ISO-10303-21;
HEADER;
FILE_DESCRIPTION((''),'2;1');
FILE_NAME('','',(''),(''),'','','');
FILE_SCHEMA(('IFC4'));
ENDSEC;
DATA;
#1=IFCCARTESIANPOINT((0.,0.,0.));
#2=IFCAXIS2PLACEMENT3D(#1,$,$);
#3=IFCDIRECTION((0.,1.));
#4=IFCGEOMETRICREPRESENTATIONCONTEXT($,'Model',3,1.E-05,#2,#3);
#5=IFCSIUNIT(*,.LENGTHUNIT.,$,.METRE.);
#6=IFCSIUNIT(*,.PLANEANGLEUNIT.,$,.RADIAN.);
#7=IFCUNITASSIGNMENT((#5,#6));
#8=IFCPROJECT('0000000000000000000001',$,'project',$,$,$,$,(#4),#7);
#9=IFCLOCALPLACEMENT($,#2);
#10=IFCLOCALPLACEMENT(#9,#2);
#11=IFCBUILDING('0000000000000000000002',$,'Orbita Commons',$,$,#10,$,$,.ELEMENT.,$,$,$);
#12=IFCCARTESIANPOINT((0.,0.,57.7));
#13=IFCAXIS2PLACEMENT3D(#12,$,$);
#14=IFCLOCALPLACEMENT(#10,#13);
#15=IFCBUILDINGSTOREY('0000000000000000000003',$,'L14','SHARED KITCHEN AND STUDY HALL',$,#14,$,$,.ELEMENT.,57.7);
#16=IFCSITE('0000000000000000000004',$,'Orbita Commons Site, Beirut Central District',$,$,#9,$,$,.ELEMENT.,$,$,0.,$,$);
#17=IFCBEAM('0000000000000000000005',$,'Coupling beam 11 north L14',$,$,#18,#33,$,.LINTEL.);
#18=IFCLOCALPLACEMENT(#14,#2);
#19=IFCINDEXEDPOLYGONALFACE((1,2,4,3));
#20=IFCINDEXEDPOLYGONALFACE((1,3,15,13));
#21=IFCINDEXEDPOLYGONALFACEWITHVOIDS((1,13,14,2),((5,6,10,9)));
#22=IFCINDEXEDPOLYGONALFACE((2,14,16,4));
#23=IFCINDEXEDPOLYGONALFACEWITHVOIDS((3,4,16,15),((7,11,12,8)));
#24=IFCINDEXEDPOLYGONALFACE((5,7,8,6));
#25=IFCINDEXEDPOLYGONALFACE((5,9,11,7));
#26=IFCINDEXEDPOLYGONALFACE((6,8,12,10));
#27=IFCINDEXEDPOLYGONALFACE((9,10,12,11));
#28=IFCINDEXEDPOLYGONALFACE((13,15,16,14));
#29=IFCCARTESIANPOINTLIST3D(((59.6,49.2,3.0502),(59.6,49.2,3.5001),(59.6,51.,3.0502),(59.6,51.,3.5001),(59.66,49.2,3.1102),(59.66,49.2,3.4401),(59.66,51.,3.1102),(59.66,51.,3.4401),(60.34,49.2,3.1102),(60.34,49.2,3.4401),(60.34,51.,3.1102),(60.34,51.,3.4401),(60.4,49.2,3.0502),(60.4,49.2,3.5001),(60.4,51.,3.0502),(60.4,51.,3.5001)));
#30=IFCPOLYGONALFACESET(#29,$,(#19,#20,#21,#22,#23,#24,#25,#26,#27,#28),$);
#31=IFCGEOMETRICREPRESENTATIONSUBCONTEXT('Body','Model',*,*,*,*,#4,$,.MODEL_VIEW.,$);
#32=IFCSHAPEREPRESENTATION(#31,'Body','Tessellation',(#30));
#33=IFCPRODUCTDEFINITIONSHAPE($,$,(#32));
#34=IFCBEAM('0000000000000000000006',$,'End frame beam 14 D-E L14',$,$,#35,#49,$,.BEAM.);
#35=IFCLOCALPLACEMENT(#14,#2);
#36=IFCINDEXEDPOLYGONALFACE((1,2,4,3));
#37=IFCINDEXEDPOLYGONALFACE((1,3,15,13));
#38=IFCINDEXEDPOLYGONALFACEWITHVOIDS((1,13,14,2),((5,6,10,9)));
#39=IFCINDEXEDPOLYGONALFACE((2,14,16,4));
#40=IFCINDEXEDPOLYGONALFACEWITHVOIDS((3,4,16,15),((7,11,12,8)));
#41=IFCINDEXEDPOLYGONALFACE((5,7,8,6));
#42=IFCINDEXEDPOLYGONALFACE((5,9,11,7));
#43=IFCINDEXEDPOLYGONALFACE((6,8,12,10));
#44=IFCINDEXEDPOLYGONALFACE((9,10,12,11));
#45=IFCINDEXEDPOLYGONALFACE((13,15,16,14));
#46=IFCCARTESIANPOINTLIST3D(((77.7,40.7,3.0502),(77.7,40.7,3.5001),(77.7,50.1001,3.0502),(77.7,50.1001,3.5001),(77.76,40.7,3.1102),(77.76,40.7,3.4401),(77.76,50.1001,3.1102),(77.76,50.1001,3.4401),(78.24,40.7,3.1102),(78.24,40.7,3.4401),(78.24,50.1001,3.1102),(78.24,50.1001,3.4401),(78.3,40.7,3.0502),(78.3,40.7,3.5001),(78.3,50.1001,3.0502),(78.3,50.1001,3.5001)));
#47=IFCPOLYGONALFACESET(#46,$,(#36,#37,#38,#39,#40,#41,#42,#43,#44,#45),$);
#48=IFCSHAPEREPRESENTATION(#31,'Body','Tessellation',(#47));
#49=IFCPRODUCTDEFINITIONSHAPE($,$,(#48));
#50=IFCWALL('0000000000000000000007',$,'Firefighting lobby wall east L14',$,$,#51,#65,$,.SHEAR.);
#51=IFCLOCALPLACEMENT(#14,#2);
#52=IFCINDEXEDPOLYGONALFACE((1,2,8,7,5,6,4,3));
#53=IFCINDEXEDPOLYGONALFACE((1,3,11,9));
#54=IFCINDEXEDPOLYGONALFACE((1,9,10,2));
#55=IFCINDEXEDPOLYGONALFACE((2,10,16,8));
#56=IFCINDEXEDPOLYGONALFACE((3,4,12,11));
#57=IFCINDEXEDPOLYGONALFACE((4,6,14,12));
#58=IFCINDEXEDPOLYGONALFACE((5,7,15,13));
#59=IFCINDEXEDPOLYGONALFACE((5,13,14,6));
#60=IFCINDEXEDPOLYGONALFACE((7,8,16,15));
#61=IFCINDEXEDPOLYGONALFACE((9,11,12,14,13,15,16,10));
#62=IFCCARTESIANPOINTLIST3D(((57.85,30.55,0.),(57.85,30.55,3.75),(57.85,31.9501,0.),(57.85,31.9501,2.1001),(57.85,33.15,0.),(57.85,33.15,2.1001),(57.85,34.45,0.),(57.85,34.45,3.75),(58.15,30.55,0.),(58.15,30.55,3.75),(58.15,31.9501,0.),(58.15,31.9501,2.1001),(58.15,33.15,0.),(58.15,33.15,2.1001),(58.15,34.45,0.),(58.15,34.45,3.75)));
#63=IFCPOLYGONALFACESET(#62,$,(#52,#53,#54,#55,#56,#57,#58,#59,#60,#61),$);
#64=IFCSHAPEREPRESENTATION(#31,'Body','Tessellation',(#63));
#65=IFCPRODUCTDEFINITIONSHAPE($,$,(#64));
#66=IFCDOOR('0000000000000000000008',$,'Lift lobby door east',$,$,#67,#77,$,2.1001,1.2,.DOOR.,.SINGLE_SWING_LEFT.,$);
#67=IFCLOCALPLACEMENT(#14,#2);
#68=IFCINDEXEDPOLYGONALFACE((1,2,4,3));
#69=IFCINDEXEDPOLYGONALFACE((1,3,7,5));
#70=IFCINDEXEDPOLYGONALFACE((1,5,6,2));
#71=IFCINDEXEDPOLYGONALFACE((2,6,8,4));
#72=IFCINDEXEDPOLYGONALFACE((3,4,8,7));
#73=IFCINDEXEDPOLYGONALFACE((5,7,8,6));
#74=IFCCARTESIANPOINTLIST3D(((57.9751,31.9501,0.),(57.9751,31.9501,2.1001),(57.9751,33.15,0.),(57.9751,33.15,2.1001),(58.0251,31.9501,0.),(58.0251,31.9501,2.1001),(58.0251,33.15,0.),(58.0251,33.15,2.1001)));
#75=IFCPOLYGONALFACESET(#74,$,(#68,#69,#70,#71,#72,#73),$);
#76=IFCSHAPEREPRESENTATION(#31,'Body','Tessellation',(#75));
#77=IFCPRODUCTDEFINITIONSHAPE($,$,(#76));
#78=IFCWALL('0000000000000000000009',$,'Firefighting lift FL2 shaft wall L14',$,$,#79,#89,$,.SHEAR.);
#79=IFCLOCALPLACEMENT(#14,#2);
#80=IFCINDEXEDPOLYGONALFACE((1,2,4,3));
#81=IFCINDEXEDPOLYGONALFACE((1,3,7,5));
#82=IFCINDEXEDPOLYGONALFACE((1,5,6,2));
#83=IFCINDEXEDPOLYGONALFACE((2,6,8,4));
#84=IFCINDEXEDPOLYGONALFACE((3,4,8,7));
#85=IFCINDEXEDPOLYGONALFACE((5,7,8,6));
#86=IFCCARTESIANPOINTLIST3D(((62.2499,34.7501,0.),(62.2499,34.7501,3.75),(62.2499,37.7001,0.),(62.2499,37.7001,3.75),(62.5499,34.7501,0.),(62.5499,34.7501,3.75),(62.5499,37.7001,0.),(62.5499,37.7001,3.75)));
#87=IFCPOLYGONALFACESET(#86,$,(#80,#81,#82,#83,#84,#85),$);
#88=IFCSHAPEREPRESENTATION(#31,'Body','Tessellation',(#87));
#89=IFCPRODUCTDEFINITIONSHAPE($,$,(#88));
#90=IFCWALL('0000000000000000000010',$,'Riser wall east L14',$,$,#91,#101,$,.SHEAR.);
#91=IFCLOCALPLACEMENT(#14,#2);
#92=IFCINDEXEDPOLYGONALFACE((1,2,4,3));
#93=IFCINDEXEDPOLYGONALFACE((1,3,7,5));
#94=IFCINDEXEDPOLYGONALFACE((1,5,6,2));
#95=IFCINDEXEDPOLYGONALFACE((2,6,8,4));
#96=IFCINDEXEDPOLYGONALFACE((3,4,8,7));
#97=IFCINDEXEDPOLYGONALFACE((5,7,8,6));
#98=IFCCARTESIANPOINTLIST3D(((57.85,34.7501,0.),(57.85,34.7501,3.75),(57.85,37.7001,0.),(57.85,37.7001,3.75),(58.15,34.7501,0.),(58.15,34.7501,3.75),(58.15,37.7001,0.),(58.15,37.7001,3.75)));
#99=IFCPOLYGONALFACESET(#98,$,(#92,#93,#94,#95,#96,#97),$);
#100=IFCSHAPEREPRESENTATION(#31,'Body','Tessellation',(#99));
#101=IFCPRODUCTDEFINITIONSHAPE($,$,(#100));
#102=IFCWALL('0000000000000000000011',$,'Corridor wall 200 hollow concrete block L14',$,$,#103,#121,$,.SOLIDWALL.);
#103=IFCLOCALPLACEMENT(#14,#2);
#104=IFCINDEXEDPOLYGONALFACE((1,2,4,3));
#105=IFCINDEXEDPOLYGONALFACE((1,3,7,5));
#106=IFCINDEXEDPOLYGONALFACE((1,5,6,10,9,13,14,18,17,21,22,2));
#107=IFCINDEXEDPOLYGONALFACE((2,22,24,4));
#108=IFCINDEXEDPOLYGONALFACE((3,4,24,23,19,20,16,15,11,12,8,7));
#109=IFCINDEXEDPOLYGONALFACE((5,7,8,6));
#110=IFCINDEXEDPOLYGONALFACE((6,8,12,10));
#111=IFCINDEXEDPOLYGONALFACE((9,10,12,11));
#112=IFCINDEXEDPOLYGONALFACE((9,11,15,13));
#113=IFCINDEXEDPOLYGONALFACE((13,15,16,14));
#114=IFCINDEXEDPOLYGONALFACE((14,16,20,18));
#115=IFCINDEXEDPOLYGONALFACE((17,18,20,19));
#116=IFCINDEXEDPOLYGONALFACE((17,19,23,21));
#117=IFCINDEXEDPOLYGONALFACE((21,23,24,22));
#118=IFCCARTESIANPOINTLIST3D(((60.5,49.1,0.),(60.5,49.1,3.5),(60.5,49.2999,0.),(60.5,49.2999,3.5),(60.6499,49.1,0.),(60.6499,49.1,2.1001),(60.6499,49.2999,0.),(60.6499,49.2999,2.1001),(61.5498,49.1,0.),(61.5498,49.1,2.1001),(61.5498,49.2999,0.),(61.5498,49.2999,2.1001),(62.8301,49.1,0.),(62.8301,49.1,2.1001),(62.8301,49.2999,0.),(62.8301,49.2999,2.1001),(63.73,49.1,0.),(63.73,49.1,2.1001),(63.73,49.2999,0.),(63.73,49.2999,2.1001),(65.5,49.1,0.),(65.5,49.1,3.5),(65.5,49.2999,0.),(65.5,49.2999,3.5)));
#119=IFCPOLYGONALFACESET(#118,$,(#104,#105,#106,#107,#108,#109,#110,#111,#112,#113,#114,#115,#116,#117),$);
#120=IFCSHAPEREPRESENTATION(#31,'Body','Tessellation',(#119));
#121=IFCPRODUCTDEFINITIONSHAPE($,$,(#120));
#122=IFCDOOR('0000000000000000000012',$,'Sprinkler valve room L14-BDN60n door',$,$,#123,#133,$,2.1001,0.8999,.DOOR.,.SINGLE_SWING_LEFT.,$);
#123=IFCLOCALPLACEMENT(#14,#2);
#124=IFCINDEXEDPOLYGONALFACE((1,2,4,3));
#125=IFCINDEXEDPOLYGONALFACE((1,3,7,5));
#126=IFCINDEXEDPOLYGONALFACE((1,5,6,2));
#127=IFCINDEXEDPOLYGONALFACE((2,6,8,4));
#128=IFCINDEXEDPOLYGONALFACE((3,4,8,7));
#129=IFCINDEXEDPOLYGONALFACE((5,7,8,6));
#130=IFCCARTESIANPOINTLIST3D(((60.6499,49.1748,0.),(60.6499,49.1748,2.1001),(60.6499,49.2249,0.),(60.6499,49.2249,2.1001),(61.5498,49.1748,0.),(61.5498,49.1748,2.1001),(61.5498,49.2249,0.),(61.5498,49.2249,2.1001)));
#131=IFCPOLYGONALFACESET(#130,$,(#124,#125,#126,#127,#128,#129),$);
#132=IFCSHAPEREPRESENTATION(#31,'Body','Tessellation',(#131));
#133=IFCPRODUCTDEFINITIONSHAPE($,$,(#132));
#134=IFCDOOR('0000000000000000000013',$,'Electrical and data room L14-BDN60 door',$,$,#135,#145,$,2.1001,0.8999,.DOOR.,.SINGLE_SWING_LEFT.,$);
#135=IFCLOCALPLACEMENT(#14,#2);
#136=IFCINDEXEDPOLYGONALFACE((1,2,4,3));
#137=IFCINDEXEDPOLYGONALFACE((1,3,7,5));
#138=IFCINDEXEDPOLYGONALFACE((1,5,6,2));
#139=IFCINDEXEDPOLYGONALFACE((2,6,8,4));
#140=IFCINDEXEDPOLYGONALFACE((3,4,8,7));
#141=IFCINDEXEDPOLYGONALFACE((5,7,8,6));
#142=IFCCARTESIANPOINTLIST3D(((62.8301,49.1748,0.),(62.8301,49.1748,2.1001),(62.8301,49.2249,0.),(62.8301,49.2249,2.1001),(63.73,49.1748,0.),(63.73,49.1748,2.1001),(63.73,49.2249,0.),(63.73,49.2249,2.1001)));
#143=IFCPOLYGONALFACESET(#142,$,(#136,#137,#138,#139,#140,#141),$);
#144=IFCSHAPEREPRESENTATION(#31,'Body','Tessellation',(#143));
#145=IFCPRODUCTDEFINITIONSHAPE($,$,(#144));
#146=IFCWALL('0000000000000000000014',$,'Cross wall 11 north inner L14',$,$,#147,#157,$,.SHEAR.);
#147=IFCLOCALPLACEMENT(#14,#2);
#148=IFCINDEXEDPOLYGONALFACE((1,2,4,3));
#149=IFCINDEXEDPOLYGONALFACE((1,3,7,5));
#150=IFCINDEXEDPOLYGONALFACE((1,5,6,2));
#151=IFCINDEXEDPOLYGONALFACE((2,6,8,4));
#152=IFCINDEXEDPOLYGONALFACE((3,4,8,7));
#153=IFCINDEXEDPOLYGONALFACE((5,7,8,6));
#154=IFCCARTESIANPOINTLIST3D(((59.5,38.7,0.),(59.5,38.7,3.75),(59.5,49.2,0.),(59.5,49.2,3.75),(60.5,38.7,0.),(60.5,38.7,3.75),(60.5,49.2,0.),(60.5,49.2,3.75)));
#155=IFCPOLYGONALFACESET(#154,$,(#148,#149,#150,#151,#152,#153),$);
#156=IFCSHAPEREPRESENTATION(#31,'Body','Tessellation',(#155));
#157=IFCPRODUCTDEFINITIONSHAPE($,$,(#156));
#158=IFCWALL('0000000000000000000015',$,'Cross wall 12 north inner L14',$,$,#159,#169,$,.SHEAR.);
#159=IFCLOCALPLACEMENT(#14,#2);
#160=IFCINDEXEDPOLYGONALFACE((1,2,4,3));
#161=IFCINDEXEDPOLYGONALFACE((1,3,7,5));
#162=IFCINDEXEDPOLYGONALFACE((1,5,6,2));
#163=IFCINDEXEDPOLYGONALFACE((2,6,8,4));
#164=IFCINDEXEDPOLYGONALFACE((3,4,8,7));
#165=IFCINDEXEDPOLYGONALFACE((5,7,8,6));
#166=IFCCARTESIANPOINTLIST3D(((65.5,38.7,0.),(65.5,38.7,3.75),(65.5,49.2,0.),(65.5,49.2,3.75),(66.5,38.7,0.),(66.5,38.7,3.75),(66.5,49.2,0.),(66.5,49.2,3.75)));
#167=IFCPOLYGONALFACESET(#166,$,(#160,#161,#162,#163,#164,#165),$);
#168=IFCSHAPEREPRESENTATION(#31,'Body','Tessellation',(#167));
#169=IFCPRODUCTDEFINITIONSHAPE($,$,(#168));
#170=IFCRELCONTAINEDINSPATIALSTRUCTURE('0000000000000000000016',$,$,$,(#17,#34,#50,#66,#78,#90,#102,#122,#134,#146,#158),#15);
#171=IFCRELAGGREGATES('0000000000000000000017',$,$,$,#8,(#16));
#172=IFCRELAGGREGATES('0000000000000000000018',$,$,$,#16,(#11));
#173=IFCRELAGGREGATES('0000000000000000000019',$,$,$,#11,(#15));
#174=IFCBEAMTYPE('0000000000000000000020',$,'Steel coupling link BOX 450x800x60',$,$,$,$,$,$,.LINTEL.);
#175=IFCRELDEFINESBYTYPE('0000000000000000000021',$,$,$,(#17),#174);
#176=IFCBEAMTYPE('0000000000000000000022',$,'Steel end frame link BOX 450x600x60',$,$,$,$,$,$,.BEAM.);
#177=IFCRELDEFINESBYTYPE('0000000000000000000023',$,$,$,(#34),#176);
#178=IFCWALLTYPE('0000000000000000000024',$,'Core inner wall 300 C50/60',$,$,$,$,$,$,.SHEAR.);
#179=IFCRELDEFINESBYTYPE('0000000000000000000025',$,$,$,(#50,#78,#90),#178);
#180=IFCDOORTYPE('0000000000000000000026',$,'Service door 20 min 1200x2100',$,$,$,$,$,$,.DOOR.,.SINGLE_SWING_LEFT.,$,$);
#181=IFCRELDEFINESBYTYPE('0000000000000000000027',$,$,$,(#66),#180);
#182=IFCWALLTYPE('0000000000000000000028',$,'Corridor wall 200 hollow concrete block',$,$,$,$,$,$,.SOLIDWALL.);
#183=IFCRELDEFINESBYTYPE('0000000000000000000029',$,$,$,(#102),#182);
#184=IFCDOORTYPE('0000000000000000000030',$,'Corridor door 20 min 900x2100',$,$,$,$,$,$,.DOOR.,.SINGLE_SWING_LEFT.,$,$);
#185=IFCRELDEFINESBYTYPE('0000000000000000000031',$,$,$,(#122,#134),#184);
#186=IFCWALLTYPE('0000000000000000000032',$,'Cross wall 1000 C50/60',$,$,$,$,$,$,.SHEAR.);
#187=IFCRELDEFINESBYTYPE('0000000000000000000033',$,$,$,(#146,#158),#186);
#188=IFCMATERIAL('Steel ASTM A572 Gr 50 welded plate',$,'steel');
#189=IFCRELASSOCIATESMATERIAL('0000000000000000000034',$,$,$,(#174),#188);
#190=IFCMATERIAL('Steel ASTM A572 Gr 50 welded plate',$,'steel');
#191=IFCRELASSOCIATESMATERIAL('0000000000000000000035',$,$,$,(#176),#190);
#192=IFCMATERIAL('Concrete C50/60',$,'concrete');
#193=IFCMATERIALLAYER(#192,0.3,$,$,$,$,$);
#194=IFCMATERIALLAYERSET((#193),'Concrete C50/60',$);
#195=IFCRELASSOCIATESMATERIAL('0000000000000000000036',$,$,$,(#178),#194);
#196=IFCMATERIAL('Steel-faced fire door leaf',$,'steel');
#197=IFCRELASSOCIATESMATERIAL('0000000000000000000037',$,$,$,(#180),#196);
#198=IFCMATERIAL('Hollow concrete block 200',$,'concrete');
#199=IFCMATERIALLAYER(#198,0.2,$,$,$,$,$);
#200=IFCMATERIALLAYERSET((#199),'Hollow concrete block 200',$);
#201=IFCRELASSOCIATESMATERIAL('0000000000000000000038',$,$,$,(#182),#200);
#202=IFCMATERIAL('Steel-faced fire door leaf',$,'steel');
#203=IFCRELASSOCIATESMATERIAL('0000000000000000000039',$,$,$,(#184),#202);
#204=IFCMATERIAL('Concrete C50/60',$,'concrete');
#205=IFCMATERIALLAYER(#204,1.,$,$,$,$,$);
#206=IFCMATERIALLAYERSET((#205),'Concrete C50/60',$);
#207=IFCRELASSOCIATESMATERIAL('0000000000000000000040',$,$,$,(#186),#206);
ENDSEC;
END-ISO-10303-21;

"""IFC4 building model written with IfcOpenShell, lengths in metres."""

from ifc_helpers import new_model, si_unit, direction, frame, frame_2d, origin, origin_2d, place, context, subcontext, project, spatial, rectangle, hollow_rectangle, extrude, material, layer, layer_set, material_profile, profile_set, type_object, element, fill, save


model = new_model("IFC4")

# Units and contexts
model_context = context("Model", 3, precision=1e-05, world=origin(), true_north=direction((0.0, 1.0)))
body_context = subcontext(model_context, "Body", "Model", "MODEL_VIEW")
ifc_project = project(units=[si_unit("LENGTHUNIT", "METRE"), si_unit("PLANEANGLEUNIT", "RADIAN")], contexts=[model_context])

# Site, building, storey
site_placement = place(None, origin())
site = spatial("IfcSite", under=ifc_project, at=site_placement, Name="Orbita Commons Site, Beirut Central District", CompositionType="ELEMENT", RefElevation=0.0)
building_placement = place(site_placement, origin())
building = spatial("IfcBuilding", under=site, at=building_placement, Name="Orbita Commons", CompositionType="ELEMENT")
storey_placement = place(building_placement, frame((0.0, 0.0, 57.7)))
storey = spatial("IfcBuildingStorey", under=building, at=storey_placement, Name="L14", Description="SHARED KITCHEN AND STUDY HALL", CompositionType="ELEMENT", Elevation=57.7)

# Beams
ifc_material_1 = material(Name="Steel ASTM A572 Gr 50 welded plate", Category="steel")
ifc_material_profile_1 = material_profile(ifc_material_1, hollow_rectangle(XDim=0.8, YDim=0.45, WallThickness=0.0601, at=origin_2d()), Name="BOX 450x800x60")
ifc_profile_set_1 = profile_set([ifc_material_profile_1], Name="Steel ASTM A572 Gr 50 welded plate")
beam_type_1 = type_object("IfcBeamType", Name="Steel coupling link BOX 450x800x60", PredefinedType="LINTEL", material=ifc_profile_set_1)
beam_1_placement = place(storey_placement, frame((60.0, 49.2, 3.2751), z_axis=(0.0, 1.0, 0.0), x_axis=(-1.0, 0.0, 0.0)))
element("IfcBeam", 1, at=beam_1_placement, inside=storey, type_object=beam_type_1, Name="Coupling beam 11 north L14", PredefinedType="LINTEL", context=body_context, shape_type="SweptSolid", body=[
    extrude(hollow_rectangle(XDim=0.8, YDim=0.45, WallThickness=0.0601, at=origin_2d()), origin(), (0.0, 0.0, 1.0), 1.8),
])
ifc_material_2 = material(Name="Steel ASTM A572 Gr 50 welded plate", Category="steel")
ifc_material_profile_2 = material_profile(ifc_material_2, hollow_rectangle(XDim=0.6001, YDim=0.45, WallThickness=0.0601, at=origin_2d()), Name="BOX 450x600x60")
ifc_profile_set_2 = profile_set([ifc_material_profile_2], Name="Steel ASTM A572 Gr 50 welded plate")
beam_type_2 = type_object("IfcBeamType", Name="Steel end frame link BOX 450x600x60", PredefinedType="BEAM", material=ifc_profile_set_2)
beam_2_placement = place(storey_placement, frame((78.0, 40.7, 3.2751), z_axis=(0.0, 1.0, 0.0), x_axis=(-1.0, 0.0, 0.0)))
element("IfcBeam", 2, at=beam_2_placement, inside=storey, type_object=beam_type_2, Name="End frame beam 14 D-E L14", PredefinedType="BEAM", context=body_context, shape_type="SweptSolid", body=[
    extrude(hollow_rectangle(XDim=0.6001, YDim=0.45, WallThickness=0.0601, at=origin_2d()), origin(), (0.0, 0.0, 1.0), 9.4001),
])

# Wall, opening, door
ifc_material_3 = material(Name="Concrete C50/60", Category="concrete")
ifc_layer_1 = layer(ifc_material_3, 0.3)
ifc_layer_set_1 = layer_set([ifc_layer_1], Name="Concrete C50/60")
wall_type_1 = type_object("IfcWallType", Name="Core inner wall 300 C50/60", PredefinedType="SHEAR", material=ifc_layer_set_1)
wall_1_placement = place(storey_placement, frame((58.0, 30.55, 0.0), z_axis=(0.0, 0.0, 1.0), x_axis=(0.0, 1.0, 0.0)))
wall_1 = element("IfcWall", 3, at=wall_1_placement, inside=storey, type_object=wall_type_1, Name="Firefighting lobby wall east L14", PredefinedType="SHEAR", context=body_context, shape_type="SweptSolid", body=[
    extrude(rectangle(XDim=3.8999, YDim=0.3, at=frame_2d((1.95, 0.0))), origin(), (0.0, 0.0, 1.0), 3.75),
])
opening_1_placement = place(wall_1_placement, frame((1.3999, 0.0, 0.0)))
opening_1 = element("IfcOpeningElement", 4, at=opening_1_placement, cuts=wall_1, PredefinedType="OPENING", context=body_context, shape_type="SweptSolid", body=[
    extrude(rectangle(XDim=1.2, YDim=2.1001, at=frame_2d((0.6001, 1.05))), frame((0.0, 0.1599, 0.0), z_axis=(0.0, -1.0, 0.0), x_axis=(1.0, 0.0, 0.0)), (0.0, 0.0, 1.0), 0.3201),
])
ifc_material_4 = material(Name="Steel-faced fire door leaf", Category="steel")
door_type_1 = type_object("IfcDoorType", Name="Service door 20 min 1200x2100", OperationType="SINGLE_SWING_LEFT", PredefinedType="DOOR", material=ifc_material_4)
door_1_placement = place(opening_1_placement, origin())
door_1 = element("IfcDoor", 5, at=door_1_placement, inside=storey, type_object=door_type_1, Name="Lift lobby door east", OperationType="SINGLE_SWING_LEFT", OverallHeight=2.1001, OverallWidth=1.2, PredefinedType="DOOR", context=body_context, shape_type="SweptSolid", body=[
    extrude(rectangle(XDim=1.2, YDim=2.1001, at=frame_2d((0.6001, 1.05))), frame((0.0, 0.0249, 0.0), z_axis=(0.0, -1.0, 0.0), x_axis=(1.0, 0.0, 0.0)), (0.0, 0.0, 1.0), 0.05),
])
fill(opening_1, door_1)

# Walls
for number, where, z_axis, x_axis, name in (
    (6, (62.3999, 34.75, 0.0), (0.0, 0.0, 1.0), (0.0, 1.0, 0.0), "Firefighting lift FL2 shaft wall L14"),
    (7, (58.0, 34.75, 0.0), (0.0, 0.0, 1.0), (0.0, 1.0, 0.0), "Riser wall east L14"),
):
    element("IfcWall", number, at=place(storey_placement, frame(where, z_axis=z_axis, x_axis=x_axis)), inside=storey, type_object=wall_type_1, Name=name, PredefinedType="SHEAR", context=body_context, shape_type="SweptSolid", body=[
        extrude(rectangle(XDim=2.95, YDim=0.3, at=frame_2d((1.4751, 0.0))), origin(), (0.0, 0.0, 1.0), 3.75),
    ])

# Wall, openings, doors
ifc_material_5 = material(Name="Hollow concrete block 200", Category="concrete")
ifc_layer_2 = layer(ifc_material_5, 0.2)
ifc_layer_set_2 = layer_set([ifc_layer_2], Name="Hollow concrete block 200")
wall_type_2 = type_object("IfcWallType", Name="Corridor wall 200 hollow concrete block", PredefinedType="SOLIDWALL", material=ifc_layer_set_2)
wall_2_placement = place(storey_placement, frame((60.5, 49.2, 0.0), z_axis=(0.0, 0.0, 1.0), x_axis=(1.0, 0.0, 0.0)))
wall_2 = element("IfcWall", 8, at=wall_2_placement, inside=storey, type_object=wall_type_2, Name="Corridor wall 200 hollow concrete block L14", PredefinedType="SOLIDWALL", context=body_context, shape_type="SweptSolid", body=[
    extrude(rectangle(XDim=5.0, YDim=0.2, at=frame_2d((2.5, 0.0))), origin(), (0.0, 0.0, 1.0), 3.5),
])
opening_2_placement = place(wall_2_placement, frame((0.1499, 0.0, 0.0)))
opening_2 = element("IfcOpeningElement", 9, at=opening_2_placement, cuts=wall_2, PredefinedType="OPENING", context=body_context, shape_type="SweptSolid", body=[
    extrude(rectangle(XDim=0.8999, YDim=2.1001, at=frame_2d((0.45, 1.05))), frame((0.0, 0.1099, 0.0), z_axis=(0.0, -1.0, 0.0), x_axis=(1.0, 0.0, 0.0)), (0.0, 0.0, 1.0), 0.22),
])
opening_3_placement = place(wall_2_placement, frame((2.3301, 0.0, 0.0)))
opening_3 = element("IfcOpeningElement", 10, at=opening_3_placement, cuts=wall_2, PredefinedType="OPENING", context=body_context, shape_type="SweptSolid", body=[
    extrude(rectangle(XDim=0.8999, YDim=2.1001, at=frame_2d((0.45, 1.05))), frame((0.0, 0.1099, 0.0), z_axis=(0.0, -1.0, 0.0), x_axis=(1.0, 0.0, 0.0)), (0.0, 0.0, 1.0), 0.22),
])
ifc_material_6 = material(Name="Steel-faced fire door leaf", Category="steel")
door_type_2 = type_object("IfcDoorType", Name="Corridor door 20 min 900x2100", OperationType="SINGLE_SWING_LEFT", PredefinedType="DOOR", material=ifc_material_6)
door_2_placement = place(opening_2_placement, origin())
door_2 = element("IfcDoor", 11, at=door_2_placement, inside=storey, type_object=door_type_2, Name="Sprinkler valve room L14-BDN60n door", OperationType="SINGLE_SWING_LEFT", OverallHeight=2.1001, OverallWidth=0.8999, PredefinedType="DOOR", context=body_context, shape_type="SweptSolid", body=[
    extrude(rectangle(XDim=0.8999, YDim=2.1001, at=frame_2d((0.45, 1.05))), frame((0.0, 0.0249, 0.0), z_axis=(0.0, -1.0, 0.0), x_axis=(1.0, 0.0, 0.0)), (0.0, 0.0, 1.0), 0.05),
])
fill(opening_2, door_2)
door_3_placement = place(opening_3_placement, origin())
door_3 = element("IfcDoor", 12, at=door_3_placement, inside=storey, type_object=door_type_2, Name="Electrical and data room L14-BDN60 door", OperationType="SINGLE_SWING_LEFT", OverallHeight=2.1001, OverallWidth=0.8999, PredefinedType="DOOR", context=body_context, shape_type="SweptSolid", body=[
    extrude(rectangle(XDim=0.8999, YDim=2.1001, at=frame_2d((0.45, 1.05))), frame((0.0, 0.0249, 0.0), z_axis=(0.0, -1.0, 0.0), x_axis=(1.0, 0.0, 0.0)), (0.0, 0.0, 1.0), 0.05),
])
fill(opening_3, door_3)

# Walls
ifc_material_7 = material(Name="Concrete C50/60", Category="concrete")
ifc_layer_3 = layer(ifc_material_7, 1.0)
ifc_layer_set_3 = layer_set([ifc_layer_3], Name="Concrete C50/60")
wall_type_3 = type_object("IfcWallType", Name="Cross wall 1000 C50/60", PredefinedType="SHEAR", material=ifc_layer_set_3)
for number, where, z_axis, x_axis, name in (
    (13, (60.0, 38.7, 0.0), (0.0, 0.0, 1.0), (0.0, 1.0, 0.0), "Cross wall 11 north inner L14"),
    (14, (66.0, 38.7, 0.0), (0.0, 0.0, 1.0), (0.0, 1.0, 0.0), "Cross wall 12 north inner L14"),
):
    element("IfcWall", number, at=place(storey_placement, frame(where, z_axis=z_axis, x_axis=x_axis)), inside=storey, type_object=wall_type_3, Name=name, PredefinedType="SHEAR", context=body_context, shape_type="SweptSolid", body=[
        extrude(rectangle(XDim=10.5, YDim=1.0, at=frame_2d((5.25, 0.0))), origin(), (0.0, 0.0, 1.0), 3.75),
    ])

save(model, "model.ifc")
